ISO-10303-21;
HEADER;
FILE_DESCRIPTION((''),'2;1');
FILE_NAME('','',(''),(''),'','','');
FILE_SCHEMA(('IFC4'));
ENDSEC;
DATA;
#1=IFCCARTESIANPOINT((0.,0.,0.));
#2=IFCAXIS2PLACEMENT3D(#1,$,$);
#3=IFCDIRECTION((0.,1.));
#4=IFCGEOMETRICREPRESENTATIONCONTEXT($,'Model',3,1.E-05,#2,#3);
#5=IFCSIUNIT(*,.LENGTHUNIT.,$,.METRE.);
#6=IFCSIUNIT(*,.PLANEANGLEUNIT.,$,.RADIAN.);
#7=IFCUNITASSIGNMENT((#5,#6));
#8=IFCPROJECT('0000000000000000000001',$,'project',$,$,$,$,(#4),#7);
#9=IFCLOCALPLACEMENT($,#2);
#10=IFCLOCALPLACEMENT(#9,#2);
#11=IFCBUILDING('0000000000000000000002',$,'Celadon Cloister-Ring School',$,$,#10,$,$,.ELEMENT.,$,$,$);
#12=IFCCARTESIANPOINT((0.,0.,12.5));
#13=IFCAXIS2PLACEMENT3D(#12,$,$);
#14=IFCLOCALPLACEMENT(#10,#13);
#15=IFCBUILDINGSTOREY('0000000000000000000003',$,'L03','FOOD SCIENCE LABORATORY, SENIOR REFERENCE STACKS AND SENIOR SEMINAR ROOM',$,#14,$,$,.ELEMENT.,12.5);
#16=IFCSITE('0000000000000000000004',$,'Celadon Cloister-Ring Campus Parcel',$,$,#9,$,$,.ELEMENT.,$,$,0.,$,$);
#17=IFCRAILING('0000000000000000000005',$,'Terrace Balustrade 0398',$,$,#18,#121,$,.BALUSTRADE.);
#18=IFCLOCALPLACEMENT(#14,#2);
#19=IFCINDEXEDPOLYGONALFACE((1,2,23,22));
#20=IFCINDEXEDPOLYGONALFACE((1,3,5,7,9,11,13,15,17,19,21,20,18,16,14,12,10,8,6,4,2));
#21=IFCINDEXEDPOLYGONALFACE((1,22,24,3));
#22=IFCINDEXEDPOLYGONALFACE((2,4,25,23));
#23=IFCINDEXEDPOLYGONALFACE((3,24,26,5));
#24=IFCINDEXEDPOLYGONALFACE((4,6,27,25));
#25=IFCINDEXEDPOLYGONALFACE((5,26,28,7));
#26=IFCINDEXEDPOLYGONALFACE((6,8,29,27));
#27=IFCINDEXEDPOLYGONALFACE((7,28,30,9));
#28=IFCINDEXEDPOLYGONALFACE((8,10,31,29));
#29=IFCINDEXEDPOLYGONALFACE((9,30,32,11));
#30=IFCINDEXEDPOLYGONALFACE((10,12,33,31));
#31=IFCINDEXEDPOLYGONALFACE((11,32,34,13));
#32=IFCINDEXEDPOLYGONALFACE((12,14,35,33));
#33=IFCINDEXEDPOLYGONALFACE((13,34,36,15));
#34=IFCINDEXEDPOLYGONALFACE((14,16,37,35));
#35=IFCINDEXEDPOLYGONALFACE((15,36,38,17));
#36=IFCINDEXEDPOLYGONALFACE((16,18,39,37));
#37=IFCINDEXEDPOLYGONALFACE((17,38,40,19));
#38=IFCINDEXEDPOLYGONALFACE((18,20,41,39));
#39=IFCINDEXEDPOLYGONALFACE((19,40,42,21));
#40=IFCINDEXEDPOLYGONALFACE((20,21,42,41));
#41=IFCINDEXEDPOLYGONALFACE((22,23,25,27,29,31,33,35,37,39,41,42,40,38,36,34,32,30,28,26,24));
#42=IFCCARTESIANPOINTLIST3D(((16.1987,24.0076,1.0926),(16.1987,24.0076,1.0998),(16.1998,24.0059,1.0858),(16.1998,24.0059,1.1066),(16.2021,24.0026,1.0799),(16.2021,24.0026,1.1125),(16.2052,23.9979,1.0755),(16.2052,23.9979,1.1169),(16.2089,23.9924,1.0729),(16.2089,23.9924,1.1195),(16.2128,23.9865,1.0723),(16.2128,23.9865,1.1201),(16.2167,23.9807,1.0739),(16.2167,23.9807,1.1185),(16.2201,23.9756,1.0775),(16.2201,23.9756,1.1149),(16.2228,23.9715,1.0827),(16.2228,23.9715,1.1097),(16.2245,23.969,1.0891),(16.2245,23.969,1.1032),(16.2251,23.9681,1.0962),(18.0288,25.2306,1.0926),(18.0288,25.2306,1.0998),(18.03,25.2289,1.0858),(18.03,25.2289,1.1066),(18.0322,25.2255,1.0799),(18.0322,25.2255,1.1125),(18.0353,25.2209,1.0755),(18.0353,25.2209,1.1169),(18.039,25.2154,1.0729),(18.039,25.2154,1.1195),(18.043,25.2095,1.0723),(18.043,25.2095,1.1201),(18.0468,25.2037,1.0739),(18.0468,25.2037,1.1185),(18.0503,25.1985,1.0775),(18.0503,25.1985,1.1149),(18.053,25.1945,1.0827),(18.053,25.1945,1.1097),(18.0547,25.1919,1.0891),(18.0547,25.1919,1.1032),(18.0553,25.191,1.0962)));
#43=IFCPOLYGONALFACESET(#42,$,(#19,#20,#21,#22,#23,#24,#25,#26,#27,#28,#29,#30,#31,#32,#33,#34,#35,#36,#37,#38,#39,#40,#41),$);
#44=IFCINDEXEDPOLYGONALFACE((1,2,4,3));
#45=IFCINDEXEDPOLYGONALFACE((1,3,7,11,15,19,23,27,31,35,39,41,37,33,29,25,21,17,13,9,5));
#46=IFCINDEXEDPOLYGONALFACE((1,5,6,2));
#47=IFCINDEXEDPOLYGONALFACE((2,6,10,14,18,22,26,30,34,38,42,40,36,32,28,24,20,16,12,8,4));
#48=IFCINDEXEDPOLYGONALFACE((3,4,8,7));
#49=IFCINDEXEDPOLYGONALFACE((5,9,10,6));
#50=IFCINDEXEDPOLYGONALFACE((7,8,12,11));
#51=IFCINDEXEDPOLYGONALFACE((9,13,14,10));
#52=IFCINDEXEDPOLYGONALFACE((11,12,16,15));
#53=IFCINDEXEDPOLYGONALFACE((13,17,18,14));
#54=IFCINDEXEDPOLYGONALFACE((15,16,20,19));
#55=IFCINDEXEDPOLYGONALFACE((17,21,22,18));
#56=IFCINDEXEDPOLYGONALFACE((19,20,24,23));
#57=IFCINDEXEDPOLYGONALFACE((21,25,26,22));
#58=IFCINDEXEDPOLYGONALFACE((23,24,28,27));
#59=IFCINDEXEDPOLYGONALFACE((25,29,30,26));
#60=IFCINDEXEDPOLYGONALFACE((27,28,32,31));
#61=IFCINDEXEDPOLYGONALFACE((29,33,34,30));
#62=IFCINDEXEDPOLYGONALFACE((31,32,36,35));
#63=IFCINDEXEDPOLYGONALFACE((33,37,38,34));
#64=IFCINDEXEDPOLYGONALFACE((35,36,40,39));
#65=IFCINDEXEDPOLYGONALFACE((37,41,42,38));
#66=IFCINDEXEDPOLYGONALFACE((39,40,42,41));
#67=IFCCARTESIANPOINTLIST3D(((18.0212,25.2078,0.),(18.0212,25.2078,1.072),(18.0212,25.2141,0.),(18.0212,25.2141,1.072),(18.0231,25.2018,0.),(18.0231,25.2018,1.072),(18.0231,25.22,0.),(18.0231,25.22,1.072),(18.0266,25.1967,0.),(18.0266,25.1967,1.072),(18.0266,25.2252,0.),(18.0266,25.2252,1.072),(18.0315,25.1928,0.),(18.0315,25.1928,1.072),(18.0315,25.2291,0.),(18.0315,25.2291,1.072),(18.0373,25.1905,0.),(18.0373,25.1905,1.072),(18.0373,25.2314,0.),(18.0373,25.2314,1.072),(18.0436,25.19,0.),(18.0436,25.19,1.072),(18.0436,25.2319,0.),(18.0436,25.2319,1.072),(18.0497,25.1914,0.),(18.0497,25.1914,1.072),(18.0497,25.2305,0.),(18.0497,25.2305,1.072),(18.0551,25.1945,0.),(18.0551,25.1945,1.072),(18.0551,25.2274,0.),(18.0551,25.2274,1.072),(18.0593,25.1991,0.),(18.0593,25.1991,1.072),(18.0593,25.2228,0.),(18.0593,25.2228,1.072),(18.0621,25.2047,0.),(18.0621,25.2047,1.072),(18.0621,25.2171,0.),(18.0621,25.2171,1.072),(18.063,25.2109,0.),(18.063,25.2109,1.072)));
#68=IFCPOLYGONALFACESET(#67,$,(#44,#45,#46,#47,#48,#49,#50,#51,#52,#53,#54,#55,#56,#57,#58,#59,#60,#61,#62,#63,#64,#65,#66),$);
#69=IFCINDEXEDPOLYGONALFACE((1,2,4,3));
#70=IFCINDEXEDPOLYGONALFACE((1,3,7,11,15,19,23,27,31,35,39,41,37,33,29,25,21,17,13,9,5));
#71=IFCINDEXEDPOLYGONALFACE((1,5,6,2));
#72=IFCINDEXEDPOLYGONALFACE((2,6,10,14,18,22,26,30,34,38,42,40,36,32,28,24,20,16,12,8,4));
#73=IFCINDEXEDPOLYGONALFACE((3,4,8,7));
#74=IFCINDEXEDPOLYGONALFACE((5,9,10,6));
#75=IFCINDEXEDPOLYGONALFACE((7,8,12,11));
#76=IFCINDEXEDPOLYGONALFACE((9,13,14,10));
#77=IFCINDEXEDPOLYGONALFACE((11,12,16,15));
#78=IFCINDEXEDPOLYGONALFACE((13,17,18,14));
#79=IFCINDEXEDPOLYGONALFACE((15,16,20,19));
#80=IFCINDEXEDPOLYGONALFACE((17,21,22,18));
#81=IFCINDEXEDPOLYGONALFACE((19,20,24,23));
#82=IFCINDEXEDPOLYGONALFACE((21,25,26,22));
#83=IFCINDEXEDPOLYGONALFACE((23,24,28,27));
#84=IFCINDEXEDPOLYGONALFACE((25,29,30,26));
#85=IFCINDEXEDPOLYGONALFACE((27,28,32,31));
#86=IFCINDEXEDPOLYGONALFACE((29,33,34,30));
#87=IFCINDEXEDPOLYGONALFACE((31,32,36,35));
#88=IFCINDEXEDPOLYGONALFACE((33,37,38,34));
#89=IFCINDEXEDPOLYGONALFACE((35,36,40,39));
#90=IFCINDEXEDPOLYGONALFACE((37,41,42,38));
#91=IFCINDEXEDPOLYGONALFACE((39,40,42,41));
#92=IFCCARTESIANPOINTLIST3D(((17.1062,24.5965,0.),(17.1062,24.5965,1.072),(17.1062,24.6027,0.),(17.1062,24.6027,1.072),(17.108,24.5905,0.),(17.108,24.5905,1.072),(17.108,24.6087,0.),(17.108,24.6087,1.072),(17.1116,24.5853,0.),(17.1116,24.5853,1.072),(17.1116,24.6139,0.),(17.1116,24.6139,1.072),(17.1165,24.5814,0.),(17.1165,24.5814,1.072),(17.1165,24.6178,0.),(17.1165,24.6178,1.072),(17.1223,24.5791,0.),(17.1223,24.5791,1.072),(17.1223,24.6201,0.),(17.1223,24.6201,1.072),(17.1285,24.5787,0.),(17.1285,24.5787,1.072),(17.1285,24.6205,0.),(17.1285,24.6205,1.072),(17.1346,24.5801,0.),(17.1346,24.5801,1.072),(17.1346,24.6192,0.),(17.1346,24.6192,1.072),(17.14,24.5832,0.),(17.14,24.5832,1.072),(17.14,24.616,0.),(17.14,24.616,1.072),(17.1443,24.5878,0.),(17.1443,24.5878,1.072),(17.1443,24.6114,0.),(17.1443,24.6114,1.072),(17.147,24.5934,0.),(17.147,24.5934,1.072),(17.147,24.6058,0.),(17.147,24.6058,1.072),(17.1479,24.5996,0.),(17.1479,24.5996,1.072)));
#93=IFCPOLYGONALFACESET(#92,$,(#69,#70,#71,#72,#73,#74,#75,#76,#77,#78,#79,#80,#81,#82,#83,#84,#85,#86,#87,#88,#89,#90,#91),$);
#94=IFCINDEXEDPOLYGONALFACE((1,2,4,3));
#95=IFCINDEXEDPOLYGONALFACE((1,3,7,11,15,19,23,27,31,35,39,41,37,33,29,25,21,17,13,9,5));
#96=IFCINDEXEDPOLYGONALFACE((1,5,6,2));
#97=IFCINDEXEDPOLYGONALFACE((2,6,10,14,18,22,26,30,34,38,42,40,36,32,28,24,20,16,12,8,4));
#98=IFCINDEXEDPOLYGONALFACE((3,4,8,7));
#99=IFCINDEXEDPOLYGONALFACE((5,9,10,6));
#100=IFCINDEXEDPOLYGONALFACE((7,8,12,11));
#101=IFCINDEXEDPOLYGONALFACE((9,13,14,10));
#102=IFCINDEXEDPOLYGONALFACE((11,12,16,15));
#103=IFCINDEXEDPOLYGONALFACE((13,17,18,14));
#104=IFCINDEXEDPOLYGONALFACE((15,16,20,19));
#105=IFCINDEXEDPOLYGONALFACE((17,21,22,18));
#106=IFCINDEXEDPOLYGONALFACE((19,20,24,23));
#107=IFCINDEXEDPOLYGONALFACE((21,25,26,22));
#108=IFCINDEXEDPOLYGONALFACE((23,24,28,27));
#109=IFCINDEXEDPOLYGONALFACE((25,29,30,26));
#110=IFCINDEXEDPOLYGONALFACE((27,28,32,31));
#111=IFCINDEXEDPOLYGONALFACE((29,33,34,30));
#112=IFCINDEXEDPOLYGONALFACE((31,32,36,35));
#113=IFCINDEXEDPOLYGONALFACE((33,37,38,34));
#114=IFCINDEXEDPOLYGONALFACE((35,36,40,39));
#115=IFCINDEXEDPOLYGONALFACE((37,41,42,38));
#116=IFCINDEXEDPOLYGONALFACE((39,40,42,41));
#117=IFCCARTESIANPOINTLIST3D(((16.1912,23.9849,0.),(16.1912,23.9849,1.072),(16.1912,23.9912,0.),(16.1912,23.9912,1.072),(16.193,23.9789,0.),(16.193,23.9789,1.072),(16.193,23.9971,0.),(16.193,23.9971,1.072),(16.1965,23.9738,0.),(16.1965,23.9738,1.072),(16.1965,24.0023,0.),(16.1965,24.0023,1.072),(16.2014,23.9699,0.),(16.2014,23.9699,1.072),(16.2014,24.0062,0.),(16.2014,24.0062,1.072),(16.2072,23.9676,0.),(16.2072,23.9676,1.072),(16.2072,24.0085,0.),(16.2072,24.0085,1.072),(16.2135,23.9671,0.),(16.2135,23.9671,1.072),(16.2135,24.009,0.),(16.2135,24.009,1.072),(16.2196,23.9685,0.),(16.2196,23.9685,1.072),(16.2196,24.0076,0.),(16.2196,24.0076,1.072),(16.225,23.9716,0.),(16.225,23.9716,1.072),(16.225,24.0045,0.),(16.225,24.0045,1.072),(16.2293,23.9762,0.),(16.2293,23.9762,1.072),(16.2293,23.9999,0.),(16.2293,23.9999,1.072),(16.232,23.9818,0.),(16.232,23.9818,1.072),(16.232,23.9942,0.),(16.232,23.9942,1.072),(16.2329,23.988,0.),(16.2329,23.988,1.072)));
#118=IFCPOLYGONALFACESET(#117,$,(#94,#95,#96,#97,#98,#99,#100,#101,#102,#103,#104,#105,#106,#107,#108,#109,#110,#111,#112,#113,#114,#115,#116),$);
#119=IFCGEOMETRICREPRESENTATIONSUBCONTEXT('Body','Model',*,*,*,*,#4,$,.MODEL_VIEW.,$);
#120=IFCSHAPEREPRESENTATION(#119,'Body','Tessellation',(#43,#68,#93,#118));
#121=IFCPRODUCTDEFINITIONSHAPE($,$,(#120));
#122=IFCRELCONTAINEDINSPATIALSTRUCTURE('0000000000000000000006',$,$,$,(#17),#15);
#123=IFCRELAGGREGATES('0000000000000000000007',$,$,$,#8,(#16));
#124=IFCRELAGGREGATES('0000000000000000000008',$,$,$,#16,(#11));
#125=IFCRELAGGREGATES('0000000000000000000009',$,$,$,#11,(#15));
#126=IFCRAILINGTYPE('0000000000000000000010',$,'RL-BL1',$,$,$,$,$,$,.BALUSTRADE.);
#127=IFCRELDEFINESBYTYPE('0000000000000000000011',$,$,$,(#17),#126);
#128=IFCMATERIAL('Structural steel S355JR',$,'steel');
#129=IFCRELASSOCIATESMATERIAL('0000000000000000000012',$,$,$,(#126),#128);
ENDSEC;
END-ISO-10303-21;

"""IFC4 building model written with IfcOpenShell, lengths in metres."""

from ifc_helpers import new_model, si_unit, direction, frame, origin, origin_2d, place, context, subcontext, project, spatial, circle, extrude, material, type_object, element, save


model = new_model("IFC4")

# Units and contexts
model_context = context("Model", 3, precision=1e-05, world=origin(), true_north=direction((0.0, 1.0)))
body_context = subcontext(model_context, "Body", "Model", "MODEL_VIEW")
ifc_project = project(units=[si_unit("LENGTHUNIT", "METRE"), si_unit("PLANEANGLEUNIT", "RADIAN")], contexts=[model_context])

# Site, building, storey
site_placement = place(None, origin())
site = spatial("IfcSite", under=ifc_project, at=site_placement, Name="Celadon Cloister-Ring Campus Parcel", CompositionType="ELEMENT", RefElevation=0.0)
building_placement = place(site_placement, origin())
building = spatial("IfcBuilding", under=site, at=building_placement, Name="Celadon Cloister-Ring School", CompositionType="ELEMENT")
storey_placement = place(building_placement, frame((0.0, 0.0, 12.5)))
storey = spatial("IfcBuildingStorey", under=building, at=storey_placement, Name="L03", Description="FOOD SCIENCE LABORATORY, SENIOR REFERENCE STACKS AND SENIOR SEMINAR ROOM", CompositionType="ELEMENT", Elevation=12.5)

# Railing
ifc_material_1 = material(Name="Structural steel S355JR", Category="steel")
railing_type = type_object("IfcRailingType", Name="RL-BL1", PredefinedType="BALUSTRADE", material=ifc_material_1)
railing_1_placement = place(storey_placement, frame((18.042, 25.2109, 0.0)))
element("IfcRailing", 1, at=railing_1_placement, inside=storey, type_object=railing_type, Name="Terrace Balustrade 0398", PredefinedType="BALUSTRADE", context=body_context, shape_type="SweptSolid", body=[
    extrude(circle(Radius=0.0239, at=origin_2d()), frame((0.0, 0.0, 1.0962), z_axis=(-0.831453, -0.555596, 0.0), x_axis=(0.555596, -0.831453, 0.0)), (0.0, 0.0, 1.0), 2.2012),
    extrude(circle(Radius=0.021, at=origin_2d()), origin(), (0.0, 0.0, 1.0), 1.072),
    extrude(circle(Radius=0.021, at=origin_2d()), frame((-0.915, -0.6113, 0.0)), (0.0, 0.0, 1.0), 1.072),
    extrude(circle(Radius=0.021, at=origin_2d()), frame((-1.8301, -1.2229, 0.0)), (0.0, 0.0, 1.0), 1.072),
])

save(model, "model.ifc")
